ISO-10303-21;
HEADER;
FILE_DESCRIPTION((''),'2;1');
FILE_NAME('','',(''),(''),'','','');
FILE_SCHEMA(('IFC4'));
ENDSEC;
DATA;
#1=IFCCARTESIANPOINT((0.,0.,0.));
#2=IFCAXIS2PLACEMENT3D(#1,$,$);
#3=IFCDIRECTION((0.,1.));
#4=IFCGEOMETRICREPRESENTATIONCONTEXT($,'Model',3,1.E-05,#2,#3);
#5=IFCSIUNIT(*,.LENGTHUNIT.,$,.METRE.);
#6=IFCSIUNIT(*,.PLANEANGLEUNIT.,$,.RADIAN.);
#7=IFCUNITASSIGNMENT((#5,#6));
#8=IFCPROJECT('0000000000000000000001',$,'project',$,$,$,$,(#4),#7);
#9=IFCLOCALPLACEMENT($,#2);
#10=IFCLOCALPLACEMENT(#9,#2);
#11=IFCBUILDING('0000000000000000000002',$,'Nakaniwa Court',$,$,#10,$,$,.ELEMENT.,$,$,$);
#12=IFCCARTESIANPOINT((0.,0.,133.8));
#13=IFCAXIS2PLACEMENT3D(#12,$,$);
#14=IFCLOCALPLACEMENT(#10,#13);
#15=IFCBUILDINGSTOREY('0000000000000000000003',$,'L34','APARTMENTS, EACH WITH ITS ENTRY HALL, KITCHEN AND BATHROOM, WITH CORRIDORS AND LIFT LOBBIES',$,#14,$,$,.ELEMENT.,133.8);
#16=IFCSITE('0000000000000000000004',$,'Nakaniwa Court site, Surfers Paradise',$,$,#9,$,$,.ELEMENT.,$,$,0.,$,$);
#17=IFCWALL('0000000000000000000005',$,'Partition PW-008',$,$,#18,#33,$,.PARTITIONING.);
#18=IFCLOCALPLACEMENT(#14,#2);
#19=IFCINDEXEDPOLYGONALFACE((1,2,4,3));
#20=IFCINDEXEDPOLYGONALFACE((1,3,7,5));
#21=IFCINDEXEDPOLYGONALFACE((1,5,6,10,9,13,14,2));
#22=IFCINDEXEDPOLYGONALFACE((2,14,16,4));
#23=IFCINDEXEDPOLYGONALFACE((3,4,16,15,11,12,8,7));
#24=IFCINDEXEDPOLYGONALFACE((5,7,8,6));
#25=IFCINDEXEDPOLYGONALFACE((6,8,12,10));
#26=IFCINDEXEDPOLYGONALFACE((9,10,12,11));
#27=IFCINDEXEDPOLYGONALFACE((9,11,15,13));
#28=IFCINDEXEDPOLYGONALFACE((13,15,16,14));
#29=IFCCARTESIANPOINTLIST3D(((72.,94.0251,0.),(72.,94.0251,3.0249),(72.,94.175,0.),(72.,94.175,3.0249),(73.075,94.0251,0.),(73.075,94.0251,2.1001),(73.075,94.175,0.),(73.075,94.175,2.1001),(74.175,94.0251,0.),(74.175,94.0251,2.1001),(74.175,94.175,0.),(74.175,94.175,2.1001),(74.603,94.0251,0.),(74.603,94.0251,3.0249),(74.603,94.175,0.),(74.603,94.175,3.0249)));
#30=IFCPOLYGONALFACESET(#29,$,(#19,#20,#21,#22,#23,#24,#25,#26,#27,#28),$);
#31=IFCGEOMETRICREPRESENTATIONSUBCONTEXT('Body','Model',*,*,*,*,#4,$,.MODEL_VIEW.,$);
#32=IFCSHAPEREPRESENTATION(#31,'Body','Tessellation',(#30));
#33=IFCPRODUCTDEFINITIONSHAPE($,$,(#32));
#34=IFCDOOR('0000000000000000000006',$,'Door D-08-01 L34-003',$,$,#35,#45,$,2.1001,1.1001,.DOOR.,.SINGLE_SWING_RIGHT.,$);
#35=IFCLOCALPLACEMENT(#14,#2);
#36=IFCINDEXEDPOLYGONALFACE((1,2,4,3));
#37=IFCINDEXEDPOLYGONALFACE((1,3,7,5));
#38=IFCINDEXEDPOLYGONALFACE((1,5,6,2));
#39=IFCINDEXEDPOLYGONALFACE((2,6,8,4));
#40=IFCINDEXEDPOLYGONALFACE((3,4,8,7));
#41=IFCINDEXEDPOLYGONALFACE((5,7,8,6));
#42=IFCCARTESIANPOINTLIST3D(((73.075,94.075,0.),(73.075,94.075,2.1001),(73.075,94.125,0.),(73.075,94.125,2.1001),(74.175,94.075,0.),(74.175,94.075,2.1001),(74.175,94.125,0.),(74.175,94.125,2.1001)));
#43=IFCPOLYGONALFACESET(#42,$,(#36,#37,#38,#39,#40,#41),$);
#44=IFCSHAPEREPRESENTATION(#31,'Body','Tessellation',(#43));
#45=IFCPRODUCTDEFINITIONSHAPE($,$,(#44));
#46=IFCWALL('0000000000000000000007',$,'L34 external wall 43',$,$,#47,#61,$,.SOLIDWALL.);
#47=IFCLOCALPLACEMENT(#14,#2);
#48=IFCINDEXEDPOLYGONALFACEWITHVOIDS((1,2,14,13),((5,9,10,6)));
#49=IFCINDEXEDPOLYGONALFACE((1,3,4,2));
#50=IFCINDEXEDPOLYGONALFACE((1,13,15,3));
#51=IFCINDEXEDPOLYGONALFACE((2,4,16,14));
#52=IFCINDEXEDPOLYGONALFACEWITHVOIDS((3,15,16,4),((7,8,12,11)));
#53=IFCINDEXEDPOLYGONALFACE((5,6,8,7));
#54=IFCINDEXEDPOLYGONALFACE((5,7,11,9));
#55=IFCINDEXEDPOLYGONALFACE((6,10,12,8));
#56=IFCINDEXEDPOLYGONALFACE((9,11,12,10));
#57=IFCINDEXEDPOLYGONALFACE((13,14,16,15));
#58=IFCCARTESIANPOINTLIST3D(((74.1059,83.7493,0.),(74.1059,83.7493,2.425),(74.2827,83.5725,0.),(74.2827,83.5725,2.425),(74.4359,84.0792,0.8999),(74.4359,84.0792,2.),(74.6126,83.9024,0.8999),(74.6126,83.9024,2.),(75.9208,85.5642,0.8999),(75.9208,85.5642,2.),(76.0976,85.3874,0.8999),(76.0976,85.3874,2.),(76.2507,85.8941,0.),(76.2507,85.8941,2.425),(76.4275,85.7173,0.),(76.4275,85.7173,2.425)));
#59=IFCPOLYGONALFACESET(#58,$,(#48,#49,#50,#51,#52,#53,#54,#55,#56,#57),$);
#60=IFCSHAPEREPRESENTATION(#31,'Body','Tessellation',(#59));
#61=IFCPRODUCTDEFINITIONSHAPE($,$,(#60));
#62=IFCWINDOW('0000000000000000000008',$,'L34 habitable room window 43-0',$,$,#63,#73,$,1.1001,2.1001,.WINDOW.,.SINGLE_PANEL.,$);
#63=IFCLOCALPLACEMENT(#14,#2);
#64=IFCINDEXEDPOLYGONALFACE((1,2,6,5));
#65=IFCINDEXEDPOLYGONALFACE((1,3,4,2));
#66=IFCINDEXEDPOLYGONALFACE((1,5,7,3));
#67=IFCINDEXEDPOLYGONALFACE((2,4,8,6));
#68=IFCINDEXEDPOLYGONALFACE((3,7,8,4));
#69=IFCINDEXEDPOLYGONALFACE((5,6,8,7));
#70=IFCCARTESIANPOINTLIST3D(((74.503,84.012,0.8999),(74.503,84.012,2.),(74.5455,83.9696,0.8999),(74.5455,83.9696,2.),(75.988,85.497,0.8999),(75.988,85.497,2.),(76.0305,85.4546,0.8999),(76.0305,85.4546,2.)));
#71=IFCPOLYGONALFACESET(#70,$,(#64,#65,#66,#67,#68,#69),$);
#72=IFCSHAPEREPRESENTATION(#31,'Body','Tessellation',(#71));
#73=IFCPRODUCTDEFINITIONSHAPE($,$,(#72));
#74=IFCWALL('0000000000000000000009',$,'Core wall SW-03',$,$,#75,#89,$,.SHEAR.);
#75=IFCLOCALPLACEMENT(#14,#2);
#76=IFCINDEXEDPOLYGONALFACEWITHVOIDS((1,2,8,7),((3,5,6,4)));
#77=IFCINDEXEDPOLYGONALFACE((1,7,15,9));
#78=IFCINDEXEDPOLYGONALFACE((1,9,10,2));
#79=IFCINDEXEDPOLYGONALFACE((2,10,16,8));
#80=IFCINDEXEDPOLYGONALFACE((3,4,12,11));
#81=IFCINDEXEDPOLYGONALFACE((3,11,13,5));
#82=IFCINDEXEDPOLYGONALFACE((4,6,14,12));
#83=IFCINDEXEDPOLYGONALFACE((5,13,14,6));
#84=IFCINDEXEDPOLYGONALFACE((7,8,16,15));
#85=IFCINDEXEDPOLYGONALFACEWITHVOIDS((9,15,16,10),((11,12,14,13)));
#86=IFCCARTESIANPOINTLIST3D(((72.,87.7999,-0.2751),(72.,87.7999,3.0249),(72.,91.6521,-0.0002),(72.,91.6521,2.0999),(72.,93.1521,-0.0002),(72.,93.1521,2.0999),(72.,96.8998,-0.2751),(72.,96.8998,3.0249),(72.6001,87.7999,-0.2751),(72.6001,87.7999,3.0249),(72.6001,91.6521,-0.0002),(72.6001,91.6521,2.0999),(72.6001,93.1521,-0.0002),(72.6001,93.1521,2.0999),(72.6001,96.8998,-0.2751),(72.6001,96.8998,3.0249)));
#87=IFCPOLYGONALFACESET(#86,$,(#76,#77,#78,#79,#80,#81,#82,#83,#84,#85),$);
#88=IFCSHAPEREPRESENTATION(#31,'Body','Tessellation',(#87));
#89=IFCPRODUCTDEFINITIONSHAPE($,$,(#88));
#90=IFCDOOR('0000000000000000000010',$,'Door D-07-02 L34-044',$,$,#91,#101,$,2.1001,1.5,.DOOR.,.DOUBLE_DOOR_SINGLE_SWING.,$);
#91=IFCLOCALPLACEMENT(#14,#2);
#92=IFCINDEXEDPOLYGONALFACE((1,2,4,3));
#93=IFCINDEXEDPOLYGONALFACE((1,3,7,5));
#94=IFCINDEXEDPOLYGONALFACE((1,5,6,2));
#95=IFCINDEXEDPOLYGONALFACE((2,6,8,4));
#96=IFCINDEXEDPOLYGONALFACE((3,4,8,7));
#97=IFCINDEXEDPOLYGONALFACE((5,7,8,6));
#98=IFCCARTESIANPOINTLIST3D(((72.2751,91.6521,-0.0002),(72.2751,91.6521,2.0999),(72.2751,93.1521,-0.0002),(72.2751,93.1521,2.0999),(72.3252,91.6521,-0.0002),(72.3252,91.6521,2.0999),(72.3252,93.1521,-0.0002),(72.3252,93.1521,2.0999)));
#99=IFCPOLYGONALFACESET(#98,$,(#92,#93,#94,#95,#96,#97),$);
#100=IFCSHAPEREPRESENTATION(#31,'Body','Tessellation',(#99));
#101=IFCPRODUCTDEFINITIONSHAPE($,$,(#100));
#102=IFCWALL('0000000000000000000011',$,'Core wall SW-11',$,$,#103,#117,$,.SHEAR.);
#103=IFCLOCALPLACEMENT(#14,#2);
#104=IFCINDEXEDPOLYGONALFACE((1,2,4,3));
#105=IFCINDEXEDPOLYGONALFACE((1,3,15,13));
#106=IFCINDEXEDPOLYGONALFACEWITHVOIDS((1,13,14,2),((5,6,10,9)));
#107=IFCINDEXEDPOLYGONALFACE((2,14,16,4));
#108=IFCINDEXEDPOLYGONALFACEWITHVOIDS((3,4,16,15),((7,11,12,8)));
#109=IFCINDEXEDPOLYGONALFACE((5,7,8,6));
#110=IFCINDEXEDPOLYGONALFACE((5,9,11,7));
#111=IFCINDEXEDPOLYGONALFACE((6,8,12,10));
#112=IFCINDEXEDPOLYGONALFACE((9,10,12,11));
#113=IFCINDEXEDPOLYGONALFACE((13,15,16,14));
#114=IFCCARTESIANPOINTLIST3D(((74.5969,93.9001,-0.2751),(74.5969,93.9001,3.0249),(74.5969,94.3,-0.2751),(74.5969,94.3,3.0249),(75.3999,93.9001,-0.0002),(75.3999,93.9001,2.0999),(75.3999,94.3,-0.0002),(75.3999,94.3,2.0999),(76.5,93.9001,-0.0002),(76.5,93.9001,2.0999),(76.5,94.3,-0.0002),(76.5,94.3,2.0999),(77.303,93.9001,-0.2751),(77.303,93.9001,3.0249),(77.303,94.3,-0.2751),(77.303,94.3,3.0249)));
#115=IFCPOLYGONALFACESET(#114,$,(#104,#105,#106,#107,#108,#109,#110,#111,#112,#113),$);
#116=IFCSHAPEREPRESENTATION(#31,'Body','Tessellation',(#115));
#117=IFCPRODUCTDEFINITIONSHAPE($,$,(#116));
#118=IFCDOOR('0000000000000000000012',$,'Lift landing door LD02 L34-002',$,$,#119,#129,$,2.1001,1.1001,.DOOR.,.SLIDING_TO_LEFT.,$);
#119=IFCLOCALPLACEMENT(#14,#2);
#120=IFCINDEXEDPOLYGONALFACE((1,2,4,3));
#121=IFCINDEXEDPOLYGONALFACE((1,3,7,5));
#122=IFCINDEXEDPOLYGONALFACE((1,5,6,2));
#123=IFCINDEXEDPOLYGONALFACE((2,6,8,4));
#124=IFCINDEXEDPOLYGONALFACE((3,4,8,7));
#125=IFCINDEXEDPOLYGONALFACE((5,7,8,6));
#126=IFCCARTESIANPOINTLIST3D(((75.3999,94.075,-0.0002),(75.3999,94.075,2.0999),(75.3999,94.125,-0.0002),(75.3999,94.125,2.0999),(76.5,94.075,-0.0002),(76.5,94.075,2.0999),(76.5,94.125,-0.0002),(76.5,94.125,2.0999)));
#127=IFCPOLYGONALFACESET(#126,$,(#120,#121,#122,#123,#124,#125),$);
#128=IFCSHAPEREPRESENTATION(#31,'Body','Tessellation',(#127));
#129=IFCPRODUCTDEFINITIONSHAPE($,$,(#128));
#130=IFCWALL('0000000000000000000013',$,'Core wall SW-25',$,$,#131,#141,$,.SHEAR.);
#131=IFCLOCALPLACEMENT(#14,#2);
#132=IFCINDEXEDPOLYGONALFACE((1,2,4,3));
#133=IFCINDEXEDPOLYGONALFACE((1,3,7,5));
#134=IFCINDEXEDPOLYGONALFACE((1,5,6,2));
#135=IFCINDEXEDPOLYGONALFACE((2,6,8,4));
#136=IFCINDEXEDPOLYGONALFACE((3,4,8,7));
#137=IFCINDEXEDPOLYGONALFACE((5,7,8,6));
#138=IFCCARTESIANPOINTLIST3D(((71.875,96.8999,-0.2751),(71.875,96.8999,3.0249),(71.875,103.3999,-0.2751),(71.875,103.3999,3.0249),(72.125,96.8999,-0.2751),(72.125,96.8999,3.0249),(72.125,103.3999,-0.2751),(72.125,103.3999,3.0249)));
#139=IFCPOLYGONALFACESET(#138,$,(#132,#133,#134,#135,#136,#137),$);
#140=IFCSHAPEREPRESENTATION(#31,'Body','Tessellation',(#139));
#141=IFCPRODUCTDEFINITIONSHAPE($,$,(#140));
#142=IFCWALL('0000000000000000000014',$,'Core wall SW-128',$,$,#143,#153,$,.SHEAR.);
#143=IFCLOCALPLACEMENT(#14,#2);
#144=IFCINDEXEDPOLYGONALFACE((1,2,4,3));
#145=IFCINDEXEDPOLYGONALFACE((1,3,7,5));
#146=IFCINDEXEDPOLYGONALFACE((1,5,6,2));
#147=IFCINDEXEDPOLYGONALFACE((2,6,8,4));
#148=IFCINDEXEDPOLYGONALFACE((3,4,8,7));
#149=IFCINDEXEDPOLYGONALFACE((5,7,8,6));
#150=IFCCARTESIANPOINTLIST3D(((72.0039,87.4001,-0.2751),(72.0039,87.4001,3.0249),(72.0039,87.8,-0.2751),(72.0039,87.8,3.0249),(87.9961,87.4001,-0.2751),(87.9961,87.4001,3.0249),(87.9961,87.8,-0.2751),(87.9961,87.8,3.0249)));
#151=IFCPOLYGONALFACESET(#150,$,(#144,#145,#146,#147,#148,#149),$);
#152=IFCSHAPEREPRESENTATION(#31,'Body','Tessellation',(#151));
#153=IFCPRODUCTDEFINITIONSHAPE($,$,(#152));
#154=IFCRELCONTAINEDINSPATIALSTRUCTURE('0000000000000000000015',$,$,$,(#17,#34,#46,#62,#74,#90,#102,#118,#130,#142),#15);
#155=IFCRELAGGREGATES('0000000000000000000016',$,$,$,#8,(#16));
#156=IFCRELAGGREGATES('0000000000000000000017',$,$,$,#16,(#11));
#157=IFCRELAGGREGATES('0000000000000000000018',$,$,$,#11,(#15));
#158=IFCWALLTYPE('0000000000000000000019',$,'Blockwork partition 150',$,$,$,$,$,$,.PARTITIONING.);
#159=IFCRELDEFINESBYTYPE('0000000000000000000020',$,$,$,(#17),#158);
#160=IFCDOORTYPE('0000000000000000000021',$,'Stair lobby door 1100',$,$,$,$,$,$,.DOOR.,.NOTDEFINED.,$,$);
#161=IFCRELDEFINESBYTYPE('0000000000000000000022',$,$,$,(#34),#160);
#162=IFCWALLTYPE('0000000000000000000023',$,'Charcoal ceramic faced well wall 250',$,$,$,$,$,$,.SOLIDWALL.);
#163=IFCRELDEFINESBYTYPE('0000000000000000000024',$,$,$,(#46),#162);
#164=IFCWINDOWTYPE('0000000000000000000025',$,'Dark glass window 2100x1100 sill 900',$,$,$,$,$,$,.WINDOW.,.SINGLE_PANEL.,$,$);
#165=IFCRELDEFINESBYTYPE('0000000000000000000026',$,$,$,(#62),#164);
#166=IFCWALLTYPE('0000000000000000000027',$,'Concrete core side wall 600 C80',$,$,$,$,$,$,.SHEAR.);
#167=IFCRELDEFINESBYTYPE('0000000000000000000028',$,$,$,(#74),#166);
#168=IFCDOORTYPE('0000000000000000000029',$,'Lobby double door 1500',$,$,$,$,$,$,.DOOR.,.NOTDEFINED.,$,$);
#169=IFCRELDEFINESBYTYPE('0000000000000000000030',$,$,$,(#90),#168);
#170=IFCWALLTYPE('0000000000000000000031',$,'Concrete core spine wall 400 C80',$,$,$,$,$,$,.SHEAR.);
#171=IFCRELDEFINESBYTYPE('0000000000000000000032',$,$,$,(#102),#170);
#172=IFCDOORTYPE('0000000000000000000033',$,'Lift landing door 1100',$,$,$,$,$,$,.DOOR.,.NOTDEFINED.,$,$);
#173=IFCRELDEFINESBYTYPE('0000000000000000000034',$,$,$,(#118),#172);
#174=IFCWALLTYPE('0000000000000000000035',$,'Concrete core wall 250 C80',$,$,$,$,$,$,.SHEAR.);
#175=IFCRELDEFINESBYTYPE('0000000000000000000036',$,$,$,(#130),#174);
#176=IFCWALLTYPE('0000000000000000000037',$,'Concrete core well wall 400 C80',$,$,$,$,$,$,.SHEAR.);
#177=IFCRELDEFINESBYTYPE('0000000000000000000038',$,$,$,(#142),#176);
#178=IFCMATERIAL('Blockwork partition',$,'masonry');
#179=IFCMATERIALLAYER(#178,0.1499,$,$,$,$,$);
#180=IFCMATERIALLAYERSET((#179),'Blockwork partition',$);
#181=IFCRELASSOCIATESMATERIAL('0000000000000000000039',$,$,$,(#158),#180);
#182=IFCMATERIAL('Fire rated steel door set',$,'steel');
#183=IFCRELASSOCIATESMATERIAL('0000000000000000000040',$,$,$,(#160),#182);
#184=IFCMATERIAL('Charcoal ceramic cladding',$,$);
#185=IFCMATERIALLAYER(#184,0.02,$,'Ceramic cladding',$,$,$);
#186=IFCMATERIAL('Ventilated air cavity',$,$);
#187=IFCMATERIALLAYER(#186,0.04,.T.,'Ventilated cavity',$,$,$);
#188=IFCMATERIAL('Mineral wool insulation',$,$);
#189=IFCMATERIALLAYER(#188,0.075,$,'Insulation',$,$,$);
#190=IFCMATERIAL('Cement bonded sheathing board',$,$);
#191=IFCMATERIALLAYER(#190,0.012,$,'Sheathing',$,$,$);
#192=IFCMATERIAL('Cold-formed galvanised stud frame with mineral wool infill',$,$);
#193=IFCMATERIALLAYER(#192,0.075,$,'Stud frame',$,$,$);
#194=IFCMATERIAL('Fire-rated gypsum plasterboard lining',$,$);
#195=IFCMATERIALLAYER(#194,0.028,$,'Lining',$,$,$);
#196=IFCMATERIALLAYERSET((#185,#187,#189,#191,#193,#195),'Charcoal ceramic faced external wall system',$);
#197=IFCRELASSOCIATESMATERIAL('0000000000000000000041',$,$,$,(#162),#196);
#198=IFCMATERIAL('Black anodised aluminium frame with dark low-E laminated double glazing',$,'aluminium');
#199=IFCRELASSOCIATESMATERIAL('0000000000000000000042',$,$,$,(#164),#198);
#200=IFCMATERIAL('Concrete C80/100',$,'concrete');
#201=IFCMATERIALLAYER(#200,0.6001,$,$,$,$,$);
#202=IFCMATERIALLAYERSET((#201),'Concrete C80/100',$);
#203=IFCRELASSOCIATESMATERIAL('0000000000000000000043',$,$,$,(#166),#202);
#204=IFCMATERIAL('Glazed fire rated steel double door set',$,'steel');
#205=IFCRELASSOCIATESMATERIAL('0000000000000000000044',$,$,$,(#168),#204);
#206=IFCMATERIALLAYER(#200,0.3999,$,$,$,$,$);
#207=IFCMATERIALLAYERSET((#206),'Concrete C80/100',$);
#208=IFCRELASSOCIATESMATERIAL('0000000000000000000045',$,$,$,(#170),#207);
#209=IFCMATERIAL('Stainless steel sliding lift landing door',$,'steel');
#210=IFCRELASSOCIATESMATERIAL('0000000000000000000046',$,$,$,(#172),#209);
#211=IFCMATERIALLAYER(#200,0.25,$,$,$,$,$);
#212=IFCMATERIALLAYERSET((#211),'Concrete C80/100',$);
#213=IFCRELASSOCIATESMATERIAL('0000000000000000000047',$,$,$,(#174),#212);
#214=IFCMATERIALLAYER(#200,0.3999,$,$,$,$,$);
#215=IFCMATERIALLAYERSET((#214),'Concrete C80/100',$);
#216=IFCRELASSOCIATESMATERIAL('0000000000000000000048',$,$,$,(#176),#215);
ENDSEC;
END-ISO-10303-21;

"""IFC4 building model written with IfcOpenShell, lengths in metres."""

from ifc_helpers import new_model, si_unit, direction, frame, frame_2d, origin, place, context, subcontext, project, spatial, rectangle, extrude, material, layer, layer_set, type_object, element, fill, save


model = new_model("IFC4")

# Units and contexts
model_context = context("Model", 3, precision=1e-05, world=origin(), true_north=direction((0.0, 1.0)))
body_context = subcontext(model_context, "Body", "Model", "MODEL_VIEW")
ifc_project = project(units=[si_unit("LENGTHUNIT", "METRE"), si_unit("PLANEANGLEUNIT", "RADIAN")], contexts=[model_context])

# Site, building, storey
site_placement = place(None, origin())
site = spatial("IfcSite", under=ifc_project, at=site_placement, Name="Nakaniwa Court site, Surfers Paradise", CompositionType="ELEMENT", RefElevation=0.0)
building_placement = place(site_placement, origin())
building = spatial("IfcBuilding", under=site, at=building_placement, Name="Nakaniwa Court", CompositionType="ELEMENT")
storey_placement = place(building_placement, frame((0.0, 0.0, 133.8)))
storey = spatial("IfcBuildingStorey", under=building, at=storey_placement, Name="L34", Description="APARTMENTS, EACH WITH ITS ENTRY HALL, KITCHEN AND BATHROOM, WITH CORRIDORS AND LIFT LOBBIES", CompositionType="ELEMENT", Elevation=133.8)

# Shared definitions
ifc_material_1 = material(Name="Concrete C80/100", Category="concrete")

# Shared definitions
ifc_material_2 = material(Name="Blockwork partition", Category="masonry")
ifc_layer_1 = layer(ifc_material_2, 0.1499)
ifc_layer_set_1 = layer_set([ifc_layer_1], Name="Blockwork partition")
wall_type_1 = type_object("IfcWallType", Name="Blockwork partition 150", PredefinedType="PARTITIONING", material=ifc_layer_set_1)

# Wall, opening, door
wall_1_placement = place(storey_placement, frame((72.0, 94.1001, 0.0), z_axis=(0.0, 0.0, 1.0), x_axis=(1.0, 0.0, 0.0)))
wall_1 = element("IfcWall", 1, at=wall_1_placement, inside=storey, type_object=wall_type_1, Name="Partition PW-008", PredefinedType="PARTITIONING", context=body_context, shape_type="SweptSolid", body=[
    extrude(rectangle(XDim=2.603, YDim=0.1499, at=frame_2d((1.3015, 0.0))), origin(), (0.0, 0.0, 1.0), 3.0249),
])
opening_1_placement = place(wall_1_placement, frame((1.075, 0.0, 0.0)))
opening_1 = element("IfcOpeningElement", 2, at=opening_1_placement, cuts=wall_1, PredefinedType="OPENING", context=body_context, shape_type="SweptSolid", body=[
    extrude(rectangle(XDim=1.1001, YDim=2.1001, at=frame_2d((0.55, 1.05))), frame((0.0, 0.085, 0.0), z_axis=(0.0, -1.0, 0.0), x_axis=(1.0, 0.0, 0.0)), (0.0, 0.0, 1.0), 0.1699),
])
ifc_material_3 = material(Name="Fire rated steel door set", Category="steel")
door_type_1 = type_object("IfcDoorType", Name="Stair lobby door 1100", OperationType="NOTDEFINED", PredefinedType="DOOR", material=ifc_material_3)
door_1_placement = place(opening_1_placement, origin())
door_1 = element("IfcDoor", 3, at=door_1_placement, inside=storey, type_object=door_type_1, Name="Door D-08-01 L34-003", OperationType="SINGLE_SWING_RIGHT", OverallHeight=2.1001, OverallWidth=1.1001, PredefinedType="DOOR", context=body_context, shape_type="SweptSolid", body=[
    extrude(rectangle(XDim=1.1001, YDim=2.1001, at=frame_2d((0.55, 1.05))), frame((0.0, 0.0249, 0.0), z_axis=(0.0, -1.0, 0.0), x_axis=(1.0, 0.0, 0.0)), (0.0, 0.0, 1.0), 0.05),
])
fill(opening_1, door_1)

# Wall, opening, window
ifc_material_4 = material(Name="Charcoal ceramic cladding")
ifc_layer_2 = layer(ifc_material_4, 0.02, Name="Ceramic cladding")
ifc_material_5 = material(Name="Ventilated air cavity")
ifc_layer_3 = layer(ifc_material_5, 0.04, ventilated=True, Name="Ventilated cavity")
ifc_material_6 = material(Name="Mineral wool insulation")
ifc_layer_4 = layer(ifc_material_6, 0.075, Name="Insulation")
ifc_material_7 = material(Name="Cement bonded sheathing board")
ifc_layer_5 = layer(ifc_material_7, 0.012, Name="Sheathing")
ifc_material_8 = material(Name="Cold-formed galvanised stud frame with mineral wool infill")
ifc_layer_6 = layer(ifc_material_8, 0.075, Name="Stud frame")
ifc_material_9 = material(Name="Fire-rated gypsum plasterboard lining")
ifc_layer_7 = layer(ifc_material_9, 0.028, Name="Lining")
ifc_layer_set_2 = layer_set([ifc_layer_2, ifc_layer_3, ifc_layer_4, ifc_layer_5, ifc_layer_6, ifc_layer_7], Name="Charcoal ceramic faced external wall system")
wall_type_2 = type_object("IfcWallType", Name="Charcoal ceramic faced well wall 250", PredefinedType="SOLIDWALL", material=ifc_layer_set_2)
wall_2_placement = place(storey_placement, frame((74.1943, 83.6609, 0.0), z_axis=(0.0, 0.0, 1.0), x_axis=(0.707107, 0.707107, 0.0)))
wall_2 = element("IfcWall", 4, at=wall_2_placement, inside=storey, type_object=wall_type_2, Name="L34 external wall 43", PredefinedType="SOLIDWALL", context=body_context, shape_type="SweptSolid", body=[
    extrude(rectangle(XDim=3.0332, YDim=0.25, at=frame_2d((1.5166, 0.0))), origin(), (0.0, 0.0, 1.0), 2.425),
])
opening_2_placement = place(wall_2_placement, frame((0.4666, 0.0, 0.8999)))
opening_2 = element("IfcOpeningElement", 5, at=opening_2_placement, cuts=wall_2, PredefinedType="OPENING", context=body_context, shape_type="SweptSolid", body=[
    extrude(rectangle(XDim=2.1001, YDim=1.1001, at=frame_2d((1.05, 0.55))), frame((0.0, 0.135, 0.0), z_axis=(0.0, -1.0, 0.0), x_axis=(1.0, 0.0, 0.0)), (0.0, 0.0, 1.0), 0.27),
])
ifc_material_10 = material(Name="Black anodised aluminium frame with dark low-E laminated double glazing", Category="aluminium")
window_type = type_object("IfcWindowType", Name="Dark glass window 2100x1100 sill 900", PartitioningType="SINGLE_PANEL", PredefinedType="WINDOW", material=ifc_material_10)
window_placement = place(opening_2_placement, origin())
window = element("IfcWindow", 6, at=window_placement, inside=storey, type_object=window_type, Name="L34 habitable room window 43-0", OverallHeight=1.1001, OverallWidth=2.1001, PartitioningType="SINGLE_PANEL", PredefinedType="WINDOW", context=body_context, shape_type="SweptSolid", body=[
    extrude(rectangle(XDim=2.1001, YDim=1.1001, at=frame_2d((1.05, 0.55))), frame((0.0, 0.03, 0.0), z_axis=(0.0, -1.0, 0.0), x_axis=(1.0, 0.0, 0.0)), (0.0, 0.0, 1.0), 0.0601),
])
fill(opening_2, window)

# Walls, openings, doors
ifc_layer_8 = layer(ifc_material_1, 0.6001)
ifc_layer_set_3 = layer_set([ifc_layer_8], Name="Concrete C80/100")
wall_type_3 = type_object("IfcWallType", Name="Concrete core side wall 600 C80", PredefinedType="SHEAR", material=ifc_layer_set_3)
wall_3_placement = place(storey_placement, frame((72.3, 87.8, -0.2751), z_axis=(0.0, 0.0, 1.0), x_axis=(0.0, 1.0, 0.0)))
wall_3 = element("IfcWall", 7, at=wall_3_placement, inside=storey, type_object=wall_type_3, Name="Core wall SW-03", PredefinedType="SHEAR", context=body_context, shape_type="SweptSolid", body=[
    extrude(rectangle(XDim=9.0999, YDim=0.6001, at=frame_2d((4.5498, 0.0))), origin(), (0.0, 0.0, 1.0), 3.3),
])
opening_3_placement = place(wall_3_placement, frame((3.8521, 0.0, 0.2749)))
opening_3 = element("IfcOpeningElement", 8, at=opening_3_placement, cuts=wall_3, PredefinedType="OPENING", context=body_context, shape_type="SweptSolid", body=[
    extrude(rectangle(XDim=1.5, YDim=2.1001, at=frame_2d((0.75, 1.05))), frame((0.0, 0.3101, 0.0), z_axis=(0.0, -1.0, 0.0), x_axis=(1.0, 0.0, 0.0)), (0.0, 0.0, 1.0), 0.6201),
])
ifc_material_11 = material(Name="Glazed fire rated steel double door set", Category="steel")
door_type_2 = type_object("IfcDoorType", Name="Lobby double door 1500", OperationType="NOTDEFINED", PredefinedType="DOOR", material=ifc_material_11)
door_2_placement = place(opening_3_placement, origin())
door_2 = element("IfcDoor", 9, at=door_2_placement, inside=storey, type_object=door_type_2, Name="Door D-07-02 L34-044", OperationType="DOUBLE_DOOR_SINGLE_SWING", OverallHeight=2.1001, OverallWidth=1.5, PredefinedType="DOOR", context=body_context, shape_type="SweptSolid", body=[
    extrude(rectangle(XDim=1.5, YDim=2.1001, at=frame_2d((0.75, 1.05))), frame((0.0, 0.0249, 0.0), z_axis=(0.0, -1.0, 0.0), x_axis=(1.0, 0.0, 0.0)), (0.0, 0.0, 1.0), 0.05),
])
fill(opening_3, door_2)
ifc_layer_9 = layer(ifc_material_1, 0.3999)
ifc_layer_set_4 = layer_set([ifc_layer_9], Name="Concrete C80/100")
wall_type_4 = type_object("IfcWallType", Name="Concrete core spine wall 400 C80", PredefinedType="SHEAR", material=ifc_layer_set_4)
wall_4_placement = place(storey_placement, frame((74.5969, 94.1001, -0.2751), z_axis=(0.0, 0.0, 1.0), x_axis=(1.0, 0.0, 0.0)))
wall_4 = element("IfcWall", 10, at=wall_4_placement, inside=storey, type_object=wall_type_4, Name="Core wall SW-11", PredefinedType="SHEAR", context=body_context, shape_type="SweptSolid", body=[
    extrude(rectangle(XDim=2.7061, YDim=0.3999, at=frame_2d((1.353, 0.0))), origin(), (0.0, 0.0, 1.0), 3.3),
])
opening_4_placement = place(wall_4_placement, frame((0.803, 0.0, 0.2749)))
opening_4 = element("IfcOpeningElement", 11, at=opening_4_placement, cuts=wall_4, PredefinedType="OPENING", context=body_context, shape_type="SweptSolid", body=[
    extrude(rectangle(XDim=1.1001, YDim=2.1001, at=frame_2d((0.55, 1.05))), frame((0.0, 0.21, 0.0), z_axis=(0.0, -1.0, 0.0), x_axis=(1.0, 0.0, 0.0)), (0.0, 0.0, 1.0), 0.4199),
])
ifc_material_12 = material(Name="Stainless steel sliding lift landing door", Category="steel")
door_type_3 = type_object("IfcDoorType", Name="Lift landing door 1100", OperationType="NOTDEFINED", PredefinedType="DOOR", material=ifc_material_12)
door_3_placement = place(opening_4_placement, origin())
door_3 = element("IfcDoor", 12, at=door_3_placement, inside=storey, type_object=door_type_3, Name="Lift landing door LD02 L34-002", OperationType="SLIDING_TO_LEFT", OverallHeight=2.1001, OverallWidth=1.1001, PredefinedType="DOOR", context=body_context, shape_type="SweptSolid", body=[
    extrude(rectangle(XDim=1.1001, YDim=2.1001, at=frame_2d((0.55, 1.05))), frame((0.0, 0.0249, 0.0), z_axis=(0.0, -1.0, 0.0), x_axis=(1.0, 0.0, 0.0)), (0.0, 0.0, 1.0), 0.05),
])
fill(opening_4, door_3)

# Walls
ifc_layer_10 = layer(ifc_material_1, 0.25)
ifc_layer_set_5 = layer_set([ifc_layer_10], Name="Concrete C80/100")
wall_type_5 = type_object("IfcWallType", Name="Concrete core wall 250 C80", PredefinedType="SHEAR", material=ifc_layer_set_5)
wall_5_placement = place(storey_placement, frame((72.0, 96.8999, -0.2751), z_axis=(0.0, 0.0, 1.0), x_axis=(0.0, 1.0, 0.0)))
element("IfcWall", 13, at=wall_5_placement, inside=storey, type_object=wall_type_5, Name="Core wall SW-25", PredefinedType="SHEAR", context=body_context, shape_type="SweptSolid", body=[
    extrude(rectangle(XDim=6.5, YDim=0.25, at=frame_2d((3.25, 0.0))), origin(), (0.0, 0.0, 1.0), 3.3),
])
ifc_layer_11 = layer(ifc_material_1, 0.3999)
ifc_layer_set_6 = layer_set([ifc_layer_11], Name="Concrete C80/100")
wall_type_6 = type_object("IfcWallType", Name="Concrete core well wall 400 C80", PredefinedType="SHEAR", material=ifc_layer_set_6)
wall_6_placement = place(storey_placement, frame((72.0039, 87.6001, -0.2751), z_axis=(0.0, 0.0, 1.0), x_axis=(1.0, 0.0, 0.0)))
element("IfcWall", 14, at=wall_6_placement, inside=storey, type_object=wall_type_6, Name="Core wall SW-128", PredefinedType="SHEAR", context=body_context, shape_type="SweptSolid", body=[
    extrude(rectangle(XDim=15.9922, YDim=0.3999, at=frame_2d((7.9961, 0.0))), origin(), (0.0, 0.0, 1.0), 3.3),
])

save(model, "model.ifc")
